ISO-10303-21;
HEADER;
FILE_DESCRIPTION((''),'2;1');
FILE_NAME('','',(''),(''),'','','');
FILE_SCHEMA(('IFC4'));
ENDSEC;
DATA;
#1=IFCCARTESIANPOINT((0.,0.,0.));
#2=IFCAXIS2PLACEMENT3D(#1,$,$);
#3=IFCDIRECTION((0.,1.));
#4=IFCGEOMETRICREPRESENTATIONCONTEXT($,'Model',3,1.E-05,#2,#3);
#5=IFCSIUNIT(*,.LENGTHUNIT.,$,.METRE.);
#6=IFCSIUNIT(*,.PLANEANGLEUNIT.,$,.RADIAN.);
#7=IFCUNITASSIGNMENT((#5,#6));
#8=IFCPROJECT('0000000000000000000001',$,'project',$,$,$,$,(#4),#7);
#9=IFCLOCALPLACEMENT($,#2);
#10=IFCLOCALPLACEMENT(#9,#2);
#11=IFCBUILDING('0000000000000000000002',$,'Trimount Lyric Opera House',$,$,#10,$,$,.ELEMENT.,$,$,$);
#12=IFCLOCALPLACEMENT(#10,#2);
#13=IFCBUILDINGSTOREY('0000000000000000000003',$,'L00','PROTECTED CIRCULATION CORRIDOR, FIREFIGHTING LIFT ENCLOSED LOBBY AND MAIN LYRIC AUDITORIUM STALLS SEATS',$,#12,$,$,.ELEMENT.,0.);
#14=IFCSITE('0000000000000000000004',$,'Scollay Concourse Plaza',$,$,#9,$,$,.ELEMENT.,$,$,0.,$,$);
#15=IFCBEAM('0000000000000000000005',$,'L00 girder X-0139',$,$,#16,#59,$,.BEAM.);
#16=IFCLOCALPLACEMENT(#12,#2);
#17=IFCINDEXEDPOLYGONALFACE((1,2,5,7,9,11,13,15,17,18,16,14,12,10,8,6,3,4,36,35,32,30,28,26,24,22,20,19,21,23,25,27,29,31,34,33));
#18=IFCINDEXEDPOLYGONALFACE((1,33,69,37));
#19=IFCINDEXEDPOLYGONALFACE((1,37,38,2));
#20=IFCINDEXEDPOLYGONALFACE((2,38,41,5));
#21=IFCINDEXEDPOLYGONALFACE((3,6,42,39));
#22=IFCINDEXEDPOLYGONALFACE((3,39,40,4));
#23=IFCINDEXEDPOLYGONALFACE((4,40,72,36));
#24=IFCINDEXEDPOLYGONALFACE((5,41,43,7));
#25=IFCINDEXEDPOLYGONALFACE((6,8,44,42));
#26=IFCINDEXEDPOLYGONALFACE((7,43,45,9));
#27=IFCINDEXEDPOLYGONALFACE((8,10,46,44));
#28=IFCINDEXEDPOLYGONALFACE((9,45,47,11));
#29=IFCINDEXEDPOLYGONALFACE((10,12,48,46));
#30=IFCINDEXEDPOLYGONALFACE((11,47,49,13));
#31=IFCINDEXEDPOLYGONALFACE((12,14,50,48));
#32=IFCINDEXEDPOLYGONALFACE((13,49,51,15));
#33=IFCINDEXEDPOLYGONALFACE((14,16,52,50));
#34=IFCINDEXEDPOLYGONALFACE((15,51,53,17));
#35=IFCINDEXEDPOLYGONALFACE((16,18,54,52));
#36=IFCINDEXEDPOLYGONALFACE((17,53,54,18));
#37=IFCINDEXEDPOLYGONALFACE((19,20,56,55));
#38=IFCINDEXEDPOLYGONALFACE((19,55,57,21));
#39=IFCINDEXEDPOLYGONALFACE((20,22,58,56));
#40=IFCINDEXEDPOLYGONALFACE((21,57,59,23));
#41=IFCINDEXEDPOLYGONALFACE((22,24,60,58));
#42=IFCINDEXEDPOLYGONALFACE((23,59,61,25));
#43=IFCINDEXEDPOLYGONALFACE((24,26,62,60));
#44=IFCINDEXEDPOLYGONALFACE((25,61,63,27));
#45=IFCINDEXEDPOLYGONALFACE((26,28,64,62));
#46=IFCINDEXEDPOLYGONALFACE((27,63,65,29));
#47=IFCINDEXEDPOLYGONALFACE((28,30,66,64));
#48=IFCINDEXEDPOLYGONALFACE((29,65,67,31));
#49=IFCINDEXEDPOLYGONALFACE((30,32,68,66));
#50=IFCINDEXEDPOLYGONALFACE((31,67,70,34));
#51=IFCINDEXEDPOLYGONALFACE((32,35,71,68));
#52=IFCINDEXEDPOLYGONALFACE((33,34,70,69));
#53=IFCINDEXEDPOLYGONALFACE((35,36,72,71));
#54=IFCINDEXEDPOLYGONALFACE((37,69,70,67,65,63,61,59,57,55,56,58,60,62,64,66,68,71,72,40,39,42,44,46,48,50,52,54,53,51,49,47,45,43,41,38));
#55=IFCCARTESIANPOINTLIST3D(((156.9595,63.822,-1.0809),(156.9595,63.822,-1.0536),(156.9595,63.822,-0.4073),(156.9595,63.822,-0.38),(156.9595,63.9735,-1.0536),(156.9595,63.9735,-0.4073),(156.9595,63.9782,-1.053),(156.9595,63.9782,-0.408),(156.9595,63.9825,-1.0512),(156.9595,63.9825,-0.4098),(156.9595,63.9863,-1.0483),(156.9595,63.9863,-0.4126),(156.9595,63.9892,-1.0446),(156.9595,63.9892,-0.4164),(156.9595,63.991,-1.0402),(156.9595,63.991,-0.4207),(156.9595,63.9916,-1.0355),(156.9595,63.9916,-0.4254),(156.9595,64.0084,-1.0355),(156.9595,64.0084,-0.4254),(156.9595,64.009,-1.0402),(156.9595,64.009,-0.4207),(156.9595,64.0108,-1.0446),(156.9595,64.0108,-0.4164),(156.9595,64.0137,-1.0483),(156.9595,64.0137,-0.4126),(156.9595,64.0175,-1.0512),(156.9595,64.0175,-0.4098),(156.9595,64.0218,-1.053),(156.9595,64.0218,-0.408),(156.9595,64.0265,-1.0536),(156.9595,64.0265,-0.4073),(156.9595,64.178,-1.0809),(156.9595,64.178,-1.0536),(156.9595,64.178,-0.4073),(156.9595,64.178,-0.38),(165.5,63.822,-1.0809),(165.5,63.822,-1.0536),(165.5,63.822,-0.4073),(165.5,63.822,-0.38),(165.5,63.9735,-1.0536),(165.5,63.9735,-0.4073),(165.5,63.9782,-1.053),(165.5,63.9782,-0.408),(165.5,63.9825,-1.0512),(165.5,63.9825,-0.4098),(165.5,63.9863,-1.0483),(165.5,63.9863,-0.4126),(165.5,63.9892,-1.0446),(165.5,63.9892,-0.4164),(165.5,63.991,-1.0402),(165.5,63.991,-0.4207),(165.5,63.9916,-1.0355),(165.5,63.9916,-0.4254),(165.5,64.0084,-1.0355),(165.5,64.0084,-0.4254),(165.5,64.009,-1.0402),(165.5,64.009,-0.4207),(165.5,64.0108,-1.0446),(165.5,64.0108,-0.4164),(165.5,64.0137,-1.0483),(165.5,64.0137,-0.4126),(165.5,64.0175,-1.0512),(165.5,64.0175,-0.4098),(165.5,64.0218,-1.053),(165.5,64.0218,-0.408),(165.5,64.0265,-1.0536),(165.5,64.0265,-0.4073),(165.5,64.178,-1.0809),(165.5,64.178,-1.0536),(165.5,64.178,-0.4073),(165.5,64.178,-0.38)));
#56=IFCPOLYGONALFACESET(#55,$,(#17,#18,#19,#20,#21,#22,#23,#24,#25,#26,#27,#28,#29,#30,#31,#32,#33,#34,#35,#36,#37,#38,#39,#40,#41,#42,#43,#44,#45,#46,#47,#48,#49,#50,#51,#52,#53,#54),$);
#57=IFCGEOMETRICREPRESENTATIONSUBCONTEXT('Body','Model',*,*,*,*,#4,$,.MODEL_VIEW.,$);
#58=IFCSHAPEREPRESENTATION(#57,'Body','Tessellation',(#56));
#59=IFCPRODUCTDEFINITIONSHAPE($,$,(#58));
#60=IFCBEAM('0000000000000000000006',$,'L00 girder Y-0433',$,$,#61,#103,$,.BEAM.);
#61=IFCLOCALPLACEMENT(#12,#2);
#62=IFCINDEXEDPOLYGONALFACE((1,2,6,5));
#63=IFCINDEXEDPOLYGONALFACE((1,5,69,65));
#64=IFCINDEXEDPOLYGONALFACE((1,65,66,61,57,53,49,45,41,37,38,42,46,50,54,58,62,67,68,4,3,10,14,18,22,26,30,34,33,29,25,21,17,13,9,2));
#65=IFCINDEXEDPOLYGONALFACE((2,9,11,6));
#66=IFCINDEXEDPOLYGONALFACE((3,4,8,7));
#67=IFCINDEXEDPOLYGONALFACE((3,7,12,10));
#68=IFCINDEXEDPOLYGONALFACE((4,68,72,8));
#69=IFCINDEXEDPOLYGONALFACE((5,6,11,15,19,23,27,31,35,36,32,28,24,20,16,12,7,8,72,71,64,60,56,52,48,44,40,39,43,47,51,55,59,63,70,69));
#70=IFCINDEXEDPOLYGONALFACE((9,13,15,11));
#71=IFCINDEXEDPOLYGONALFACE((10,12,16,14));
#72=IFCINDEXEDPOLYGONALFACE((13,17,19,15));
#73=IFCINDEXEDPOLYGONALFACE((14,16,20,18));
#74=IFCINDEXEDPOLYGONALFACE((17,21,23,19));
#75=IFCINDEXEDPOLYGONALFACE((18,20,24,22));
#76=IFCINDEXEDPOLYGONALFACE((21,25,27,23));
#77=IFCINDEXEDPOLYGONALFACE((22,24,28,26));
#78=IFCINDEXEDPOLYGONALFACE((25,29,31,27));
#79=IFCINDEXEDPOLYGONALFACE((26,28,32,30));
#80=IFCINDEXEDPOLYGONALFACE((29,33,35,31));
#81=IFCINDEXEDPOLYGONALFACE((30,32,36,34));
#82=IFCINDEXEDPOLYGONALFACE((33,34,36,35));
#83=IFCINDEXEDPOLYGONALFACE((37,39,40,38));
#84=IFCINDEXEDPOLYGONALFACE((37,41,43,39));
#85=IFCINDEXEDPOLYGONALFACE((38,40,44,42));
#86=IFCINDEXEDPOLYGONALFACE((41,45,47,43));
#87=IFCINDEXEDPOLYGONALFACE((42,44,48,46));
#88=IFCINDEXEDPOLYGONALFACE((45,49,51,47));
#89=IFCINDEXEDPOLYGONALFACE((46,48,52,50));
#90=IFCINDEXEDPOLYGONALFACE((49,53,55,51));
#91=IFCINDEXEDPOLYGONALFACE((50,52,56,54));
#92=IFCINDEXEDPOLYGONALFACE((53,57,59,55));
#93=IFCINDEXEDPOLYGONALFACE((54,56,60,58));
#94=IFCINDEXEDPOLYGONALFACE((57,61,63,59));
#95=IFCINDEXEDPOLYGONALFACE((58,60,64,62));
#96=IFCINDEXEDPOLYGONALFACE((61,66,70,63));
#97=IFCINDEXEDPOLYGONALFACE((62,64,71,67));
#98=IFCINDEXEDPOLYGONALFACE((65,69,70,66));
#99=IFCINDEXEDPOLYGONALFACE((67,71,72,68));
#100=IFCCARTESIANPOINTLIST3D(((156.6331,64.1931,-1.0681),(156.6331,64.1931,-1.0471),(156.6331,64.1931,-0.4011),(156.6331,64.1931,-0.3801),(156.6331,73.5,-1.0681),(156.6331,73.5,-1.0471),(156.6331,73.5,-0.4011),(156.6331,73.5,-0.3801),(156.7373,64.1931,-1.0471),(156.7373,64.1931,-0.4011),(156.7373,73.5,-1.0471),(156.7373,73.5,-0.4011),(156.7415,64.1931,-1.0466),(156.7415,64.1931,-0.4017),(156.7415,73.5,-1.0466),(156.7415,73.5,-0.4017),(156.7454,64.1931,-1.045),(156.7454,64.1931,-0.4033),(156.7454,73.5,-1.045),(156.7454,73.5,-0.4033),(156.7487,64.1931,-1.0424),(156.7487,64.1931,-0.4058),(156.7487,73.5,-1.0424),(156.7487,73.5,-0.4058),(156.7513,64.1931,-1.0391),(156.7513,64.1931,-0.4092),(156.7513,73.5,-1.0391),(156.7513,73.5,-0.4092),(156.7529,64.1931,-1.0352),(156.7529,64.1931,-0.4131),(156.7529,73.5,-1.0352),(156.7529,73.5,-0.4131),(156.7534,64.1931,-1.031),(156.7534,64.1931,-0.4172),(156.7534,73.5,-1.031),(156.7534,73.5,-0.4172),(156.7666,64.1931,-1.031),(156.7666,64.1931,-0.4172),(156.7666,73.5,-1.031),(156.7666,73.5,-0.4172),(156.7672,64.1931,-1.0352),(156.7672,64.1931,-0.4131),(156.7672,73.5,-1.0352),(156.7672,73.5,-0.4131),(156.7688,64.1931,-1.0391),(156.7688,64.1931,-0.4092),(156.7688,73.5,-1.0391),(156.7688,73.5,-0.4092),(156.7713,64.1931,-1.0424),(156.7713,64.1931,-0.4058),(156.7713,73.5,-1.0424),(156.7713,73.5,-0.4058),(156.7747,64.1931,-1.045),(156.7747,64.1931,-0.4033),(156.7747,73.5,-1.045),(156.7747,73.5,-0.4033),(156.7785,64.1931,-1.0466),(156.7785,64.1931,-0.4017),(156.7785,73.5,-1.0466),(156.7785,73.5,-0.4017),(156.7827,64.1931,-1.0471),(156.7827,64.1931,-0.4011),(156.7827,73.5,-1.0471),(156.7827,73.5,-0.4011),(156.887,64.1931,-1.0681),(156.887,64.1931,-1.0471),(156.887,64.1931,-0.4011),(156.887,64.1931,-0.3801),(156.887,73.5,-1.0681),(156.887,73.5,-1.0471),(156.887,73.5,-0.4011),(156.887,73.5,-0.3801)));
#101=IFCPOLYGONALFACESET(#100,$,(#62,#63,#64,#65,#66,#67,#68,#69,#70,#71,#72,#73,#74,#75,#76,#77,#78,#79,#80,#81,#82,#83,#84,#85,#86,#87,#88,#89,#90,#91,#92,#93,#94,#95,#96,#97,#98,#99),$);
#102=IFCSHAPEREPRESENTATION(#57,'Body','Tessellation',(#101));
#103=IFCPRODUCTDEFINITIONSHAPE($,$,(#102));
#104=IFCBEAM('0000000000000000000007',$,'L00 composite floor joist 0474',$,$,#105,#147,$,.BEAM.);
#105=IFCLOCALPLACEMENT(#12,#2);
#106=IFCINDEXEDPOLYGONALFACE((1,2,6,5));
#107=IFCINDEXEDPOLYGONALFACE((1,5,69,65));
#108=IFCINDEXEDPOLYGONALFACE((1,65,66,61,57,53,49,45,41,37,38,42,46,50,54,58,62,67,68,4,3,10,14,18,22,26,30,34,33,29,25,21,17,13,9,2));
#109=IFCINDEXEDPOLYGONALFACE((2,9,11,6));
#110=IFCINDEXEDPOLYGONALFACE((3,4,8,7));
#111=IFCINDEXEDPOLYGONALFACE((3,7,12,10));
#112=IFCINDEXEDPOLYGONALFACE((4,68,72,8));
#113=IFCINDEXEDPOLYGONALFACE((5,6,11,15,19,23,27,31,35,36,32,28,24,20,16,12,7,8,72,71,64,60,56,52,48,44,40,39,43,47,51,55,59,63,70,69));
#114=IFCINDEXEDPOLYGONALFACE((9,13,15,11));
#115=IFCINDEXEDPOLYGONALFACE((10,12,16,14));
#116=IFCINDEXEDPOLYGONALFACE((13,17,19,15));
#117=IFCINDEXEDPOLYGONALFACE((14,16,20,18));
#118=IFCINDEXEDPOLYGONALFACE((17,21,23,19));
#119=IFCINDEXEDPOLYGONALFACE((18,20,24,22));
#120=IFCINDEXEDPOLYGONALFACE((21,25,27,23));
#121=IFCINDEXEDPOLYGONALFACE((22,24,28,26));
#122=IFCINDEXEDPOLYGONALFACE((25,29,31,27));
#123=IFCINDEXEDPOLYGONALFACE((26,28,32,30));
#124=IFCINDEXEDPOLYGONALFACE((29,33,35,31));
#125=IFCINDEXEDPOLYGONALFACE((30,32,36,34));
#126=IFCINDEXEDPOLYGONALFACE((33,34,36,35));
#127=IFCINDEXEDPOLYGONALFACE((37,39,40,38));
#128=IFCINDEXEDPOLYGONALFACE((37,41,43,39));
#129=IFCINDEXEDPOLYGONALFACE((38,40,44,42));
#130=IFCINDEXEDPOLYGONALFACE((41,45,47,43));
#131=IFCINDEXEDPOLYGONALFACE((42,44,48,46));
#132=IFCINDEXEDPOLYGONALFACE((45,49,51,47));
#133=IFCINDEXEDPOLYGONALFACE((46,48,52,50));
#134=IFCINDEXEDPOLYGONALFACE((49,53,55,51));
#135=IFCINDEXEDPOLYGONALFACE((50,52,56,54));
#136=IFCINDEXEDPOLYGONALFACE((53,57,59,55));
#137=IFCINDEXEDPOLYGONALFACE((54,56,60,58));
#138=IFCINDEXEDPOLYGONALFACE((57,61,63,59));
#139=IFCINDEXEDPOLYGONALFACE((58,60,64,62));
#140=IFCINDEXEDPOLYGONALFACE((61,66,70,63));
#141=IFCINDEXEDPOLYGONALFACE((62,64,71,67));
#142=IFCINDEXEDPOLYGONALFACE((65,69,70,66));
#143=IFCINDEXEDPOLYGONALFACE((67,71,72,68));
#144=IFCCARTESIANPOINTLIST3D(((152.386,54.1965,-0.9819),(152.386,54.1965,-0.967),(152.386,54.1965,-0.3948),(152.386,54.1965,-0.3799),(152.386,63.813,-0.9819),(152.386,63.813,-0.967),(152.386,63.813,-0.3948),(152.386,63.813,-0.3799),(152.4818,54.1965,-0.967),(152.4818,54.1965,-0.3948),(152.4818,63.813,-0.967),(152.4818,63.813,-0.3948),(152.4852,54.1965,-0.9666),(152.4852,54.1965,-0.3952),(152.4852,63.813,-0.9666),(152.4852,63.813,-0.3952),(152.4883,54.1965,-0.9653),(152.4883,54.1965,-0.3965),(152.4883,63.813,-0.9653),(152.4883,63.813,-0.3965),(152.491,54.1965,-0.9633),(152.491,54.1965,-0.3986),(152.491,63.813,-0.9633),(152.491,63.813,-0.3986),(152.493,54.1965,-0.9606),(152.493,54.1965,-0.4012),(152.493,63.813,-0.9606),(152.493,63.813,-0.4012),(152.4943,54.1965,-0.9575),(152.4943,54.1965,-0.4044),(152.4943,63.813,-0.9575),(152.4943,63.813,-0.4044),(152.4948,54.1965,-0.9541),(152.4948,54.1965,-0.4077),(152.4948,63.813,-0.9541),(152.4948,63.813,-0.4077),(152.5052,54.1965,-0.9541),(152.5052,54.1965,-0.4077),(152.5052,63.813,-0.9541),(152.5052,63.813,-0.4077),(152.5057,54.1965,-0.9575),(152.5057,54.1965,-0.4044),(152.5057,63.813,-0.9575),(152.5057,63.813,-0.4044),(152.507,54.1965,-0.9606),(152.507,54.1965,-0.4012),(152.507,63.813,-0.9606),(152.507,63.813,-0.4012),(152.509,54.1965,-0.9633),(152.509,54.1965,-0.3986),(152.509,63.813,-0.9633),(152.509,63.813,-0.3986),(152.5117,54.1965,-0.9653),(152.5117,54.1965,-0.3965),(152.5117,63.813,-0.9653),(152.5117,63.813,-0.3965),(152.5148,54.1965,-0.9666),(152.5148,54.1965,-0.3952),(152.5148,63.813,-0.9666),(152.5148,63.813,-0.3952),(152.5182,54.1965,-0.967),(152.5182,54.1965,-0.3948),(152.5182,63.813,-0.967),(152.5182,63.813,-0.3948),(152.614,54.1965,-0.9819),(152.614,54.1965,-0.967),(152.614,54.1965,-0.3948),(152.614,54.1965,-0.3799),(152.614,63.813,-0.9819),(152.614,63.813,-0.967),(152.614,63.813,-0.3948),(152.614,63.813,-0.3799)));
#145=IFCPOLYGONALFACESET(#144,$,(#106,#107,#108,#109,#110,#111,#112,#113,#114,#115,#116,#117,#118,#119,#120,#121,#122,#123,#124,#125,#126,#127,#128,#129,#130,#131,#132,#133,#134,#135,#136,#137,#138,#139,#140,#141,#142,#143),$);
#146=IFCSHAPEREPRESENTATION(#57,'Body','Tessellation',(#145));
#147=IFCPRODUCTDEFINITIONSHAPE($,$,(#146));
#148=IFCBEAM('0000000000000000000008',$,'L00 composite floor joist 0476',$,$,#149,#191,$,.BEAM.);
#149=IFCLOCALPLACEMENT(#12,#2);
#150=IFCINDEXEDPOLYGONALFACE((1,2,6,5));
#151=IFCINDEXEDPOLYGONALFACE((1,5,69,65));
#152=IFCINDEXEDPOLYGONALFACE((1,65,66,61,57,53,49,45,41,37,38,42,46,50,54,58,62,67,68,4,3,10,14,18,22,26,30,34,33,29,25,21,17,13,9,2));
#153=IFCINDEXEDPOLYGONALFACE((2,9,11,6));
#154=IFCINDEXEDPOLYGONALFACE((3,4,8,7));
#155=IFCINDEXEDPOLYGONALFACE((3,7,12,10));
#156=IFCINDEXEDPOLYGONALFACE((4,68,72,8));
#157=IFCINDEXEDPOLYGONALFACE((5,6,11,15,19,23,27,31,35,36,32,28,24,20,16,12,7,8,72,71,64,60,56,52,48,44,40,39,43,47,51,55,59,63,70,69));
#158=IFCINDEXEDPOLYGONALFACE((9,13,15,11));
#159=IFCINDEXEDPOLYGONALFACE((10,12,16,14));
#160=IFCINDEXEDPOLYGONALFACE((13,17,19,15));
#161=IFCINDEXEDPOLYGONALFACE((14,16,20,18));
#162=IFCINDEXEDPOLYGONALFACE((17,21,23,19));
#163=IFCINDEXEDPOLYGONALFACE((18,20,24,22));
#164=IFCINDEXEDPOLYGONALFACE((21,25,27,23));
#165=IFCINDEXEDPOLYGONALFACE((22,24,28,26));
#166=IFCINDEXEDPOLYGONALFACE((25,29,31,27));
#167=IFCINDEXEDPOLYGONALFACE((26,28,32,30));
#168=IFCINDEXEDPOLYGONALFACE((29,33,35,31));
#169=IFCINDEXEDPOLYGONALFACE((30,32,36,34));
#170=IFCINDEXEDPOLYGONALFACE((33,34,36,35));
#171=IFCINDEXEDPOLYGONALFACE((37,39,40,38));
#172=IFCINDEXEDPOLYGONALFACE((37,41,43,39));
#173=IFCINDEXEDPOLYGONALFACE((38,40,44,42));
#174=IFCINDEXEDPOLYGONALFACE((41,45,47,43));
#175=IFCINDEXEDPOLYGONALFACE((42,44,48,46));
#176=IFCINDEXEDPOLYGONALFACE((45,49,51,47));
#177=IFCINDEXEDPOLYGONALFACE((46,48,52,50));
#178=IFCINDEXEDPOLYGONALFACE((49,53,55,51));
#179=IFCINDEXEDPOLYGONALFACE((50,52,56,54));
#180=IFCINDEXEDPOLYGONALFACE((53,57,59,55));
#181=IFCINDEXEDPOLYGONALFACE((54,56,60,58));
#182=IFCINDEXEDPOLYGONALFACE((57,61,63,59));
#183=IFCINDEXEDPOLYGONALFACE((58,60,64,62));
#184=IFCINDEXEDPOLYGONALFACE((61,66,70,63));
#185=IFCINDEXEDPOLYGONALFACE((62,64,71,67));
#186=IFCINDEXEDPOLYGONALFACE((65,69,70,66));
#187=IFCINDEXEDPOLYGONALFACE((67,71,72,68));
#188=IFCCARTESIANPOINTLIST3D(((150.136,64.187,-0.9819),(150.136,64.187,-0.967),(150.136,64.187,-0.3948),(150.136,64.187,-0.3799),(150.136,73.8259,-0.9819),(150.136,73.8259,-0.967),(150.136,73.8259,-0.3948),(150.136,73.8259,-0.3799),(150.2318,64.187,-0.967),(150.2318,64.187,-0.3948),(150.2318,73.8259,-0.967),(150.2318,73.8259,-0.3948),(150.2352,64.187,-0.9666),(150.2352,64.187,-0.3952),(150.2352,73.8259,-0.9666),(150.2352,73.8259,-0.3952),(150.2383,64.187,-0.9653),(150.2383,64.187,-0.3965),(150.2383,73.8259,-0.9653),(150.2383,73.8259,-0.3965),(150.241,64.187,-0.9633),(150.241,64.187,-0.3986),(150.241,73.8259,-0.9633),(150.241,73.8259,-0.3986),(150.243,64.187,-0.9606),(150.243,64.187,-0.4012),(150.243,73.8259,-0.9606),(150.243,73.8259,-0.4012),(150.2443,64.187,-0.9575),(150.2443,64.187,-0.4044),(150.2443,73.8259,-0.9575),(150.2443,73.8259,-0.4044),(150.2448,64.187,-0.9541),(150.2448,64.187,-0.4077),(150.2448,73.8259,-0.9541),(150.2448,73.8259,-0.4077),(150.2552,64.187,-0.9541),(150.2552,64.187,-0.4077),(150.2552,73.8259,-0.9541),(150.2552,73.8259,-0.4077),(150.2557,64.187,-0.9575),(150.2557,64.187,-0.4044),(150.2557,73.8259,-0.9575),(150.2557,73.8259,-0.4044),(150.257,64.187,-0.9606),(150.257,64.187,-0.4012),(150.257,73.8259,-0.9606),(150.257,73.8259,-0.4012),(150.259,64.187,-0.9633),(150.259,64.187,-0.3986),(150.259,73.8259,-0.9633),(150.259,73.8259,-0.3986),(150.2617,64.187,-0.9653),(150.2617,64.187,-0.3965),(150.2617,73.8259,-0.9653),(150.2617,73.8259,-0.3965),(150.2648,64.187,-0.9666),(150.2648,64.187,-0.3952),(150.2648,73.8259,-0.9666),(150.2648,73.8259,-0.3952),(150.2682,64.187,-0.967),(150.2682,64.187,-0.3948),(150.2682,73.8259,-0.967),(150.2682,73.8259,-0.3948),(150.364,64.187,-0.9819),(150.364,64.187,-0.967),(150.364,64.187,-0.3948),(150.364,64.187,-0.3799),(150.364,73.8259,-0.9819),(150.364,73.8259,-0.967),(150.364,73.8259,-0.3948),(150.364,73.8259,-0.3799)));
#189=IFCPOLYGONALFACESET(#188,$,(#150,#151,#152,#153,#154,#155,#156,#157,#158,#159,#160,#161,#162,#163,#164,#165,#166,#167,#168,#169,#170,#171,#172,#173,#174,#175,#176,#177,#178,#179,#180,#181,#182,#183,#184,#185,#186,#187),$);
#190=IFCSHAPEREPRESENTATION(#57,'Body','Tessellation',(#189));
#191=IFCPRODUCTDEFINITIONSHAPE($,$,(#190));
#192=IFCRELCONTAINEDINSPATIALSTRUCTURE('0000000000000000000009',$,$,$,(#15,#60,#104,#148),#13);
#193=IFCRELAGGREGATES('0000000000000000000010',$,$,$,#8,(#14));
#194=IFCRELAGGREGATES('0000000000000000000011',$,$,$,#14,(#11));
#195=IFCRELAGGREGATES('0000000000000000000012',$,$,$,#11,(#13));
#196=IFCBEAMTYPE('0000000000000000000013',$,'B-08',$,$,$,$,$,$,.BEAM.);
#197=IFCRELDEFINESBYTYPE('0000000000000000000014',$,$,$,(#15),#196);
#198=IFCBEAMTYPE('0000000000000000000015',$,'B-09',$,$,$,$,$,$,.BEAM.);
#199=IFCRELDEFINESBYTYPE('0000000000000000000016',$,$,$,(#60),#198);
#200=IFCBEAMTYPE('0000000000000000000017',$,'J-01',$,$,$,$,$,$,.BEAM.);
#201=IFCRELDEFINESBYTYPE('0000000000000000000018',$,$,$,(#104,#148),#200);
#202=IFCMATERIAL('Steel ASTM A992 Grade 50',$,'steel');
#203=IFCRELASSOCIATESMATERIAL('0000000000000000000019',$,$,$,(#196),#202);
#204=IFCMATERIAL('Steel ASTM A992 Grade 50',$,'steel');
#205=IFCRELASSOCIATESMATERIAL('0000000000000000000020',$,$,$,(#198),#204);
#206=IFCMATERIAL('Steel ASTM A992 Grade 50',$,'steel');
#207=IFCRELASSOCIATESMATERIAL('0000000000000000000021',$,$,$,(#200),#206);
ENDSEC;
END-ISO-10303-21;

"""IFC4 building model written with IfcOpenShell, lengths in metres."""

from ifc_helpers import new_model, si_unit, direction, frame, origin, origin_2d, place, context, subcontext, project, spatial, i_section, extrude, material, material_profile, profile_set, type_object, element, save


model = new_model("IFC4")

# Units and contexts
model_context = context("Model", 3, precision=1e-05, world=origin(), true_north=direction((0.0, 1.0)))
body_context = subcontext(model_context, "Body", "Model", "MODEL_VIEW")
ifc_project = project(units=[si_unit("LENGTHUNIT", "METRE"), si_unit("PLANEANGLEUNIT", "RADIAN")], contexts=[model_context])

# Site, building, storey
site_placement = place(None, origin())
site = spatial("IfcSite", under=ifc_project, at=site_placement, Name="Scollay Concourse Plaza", CompositionType="ELEMENT", RefElevation=0.0)
building_placement = place(site_placement, origin())
building = spatial("IfcBuilding", under=site, at=building_placement, Name="Trimount Lyric Opera House", CompositionType="ELEMENT")
storey_placement = place(building_placement, origin())
storey = spatial("IfcBuildingStorey", under=building, at=storey_placement, Name="L00", Description="PROTECTED CIRCULATION CORRIDOR, FIREFIGHTING LIFT ENCLOSED LOBBY AND MAIN LYRIC AUDITORIUM STALLS SEATS", CompositionType="ELEMENT", Elevation=0.0)

# Beams
ifc_material_1 = material(Name="Steel ASTM A992 Grade 50", Category="steel")
ifc_material_profile_1 = material_profile(ifc_material_1, i_section(OverallWidth=0.356, OverallDepth=0.7009, WebThickness=0.0168, FlangeThickness=0.0273, FilletRadius=0.0181, at=origin_2d()), Name="W27X161")
ifc_profile_set_1 = profile_set([ifc_material_profile_1], Name="Steel ASTM A992 Grade 50")
beam_type_1 = type_object("IfcBeamType", Name="B-08", PredefinedType="BEAM", material=ifc_profile_set_1)
beam_1_placement = place(storey_placement, frame((156.9595, 64.0, -0.7305), z_axis=(1.0, 0.0, 0.0), x_axis=(0.0, 1.0, 0.0)))
element("IfcBeam", 1, at=beam_1_placement, inside=storey, type_object=beam_type_1, Name="L00 girder X-0139", PredefinedType="BEAM", context=body_context, shape_type="SweptSolid", body=[
    extrude(i_section(OverallWidth=0.356, OverallDepth=0.7009, WebThickness=0.0168, FlangeThickness=0.0273, FilletRadius=0.0181, at=origin_2d()), origin(), (0.0, 0.0, 1.0), 8.5405),
])
ifc_material_2 = material(Name="Steel ASTM A992 Grade 50", Category="steel")
ifc_material_profile_2 = material_profile(ifc_material_2, i_section(OverallWidth=0.2539, OverallDepth=0.688, WebThickness=0.0132, FlangeThickness=0.021, FilletRadius=0.0161, at=origin_2d()), Name="W27X102")
ifc_profile_set_2 = profile_set([ifc_material_profile_2], Name="Steel ASTM A992 Grade 50")
beam_type_2 = type_object("IfcBeamType", Name="B-09", PredefinedType="BEAM", material=ifc_profile_set_2)
beam_2_placement = place(storey_placement, frame((156.76, 64.1931, -0.7241), z_axis=(0.0, 1.0, 0.0), x_axis=(-1.0, 0.0, 0.0)))
element("IfcBeam", 2, at=beam_2_placement, inside=storey, type_object=beam_type_2, Name="L00 girder Y-0433", PredefinedType="BEAM", context=body_context, shape_type="SweptSolid", body=[
    extrude(i_section(OverallWidth=0.2539, OverallDepth=0.688, WebThickness=0.0132, FlangeThickness=0.021, FilletRadius=0.0161, at=origin_2d()), origin(), (0.0, 0.0, 1.0), 9.3069),
])
ifc_material_3 = material(Name="Steel ASTM A992 Grade 50", Category="steel")
ifc_material_profile_3 = material_profile(ifc_material_3, i_section(OverallWidth=0.228, OverallDepth=0.6021, WebThickness=0.0105, FlangeThickness=0.0149, FilletRadius=0.0129, at=origin_2d()), Name="W24X68")
ifc_profile_set_3 = profile_set([ifc_material_profile_3], Name="Steel ASTM A992 Grade 50")
beam_type_3 = type_object("IfcBeamType", Name="J-01", PredefinedType="BEAM", material=ifc_profile_set_3)
beam_3_placement = place(storey_placement, frame((152.5, 54.1965, -0.6809), z_axis=(0.0, 1.0, 0.0), x_axis=(-1.0, 0.0, 0.0)))
element("IfcBeam", 3, at=beam_3_placement, inside=storey, type_object=beam_type_3, Name="L00 composite floor joist 0474", PredefinedType="BEAM", context=body_context, shape_type="SweptSolid", body=[
    extrude(i_section(OverallWidth=0.228, OverallDepth=0.6021, WebThickness=0.0105, FlangeThickness=0.0149, FilletRadius=0.0129, at=origin_2d()), origin(), (0.0, 0.0, 1.0), 9.6165),
])
for number, where, z_axis, x_axis, name in (
    (4, (150.25, 64.187, -0.6809), (0.0, 1.0, 0.0), (-1.0, 0.0, 0.0), "L00 composite floor joist 0476"),
):
    element("IfcBeam", number, at=place(storey_placement, frame(where, z_axis=z_axis, x_axis=x_axis)), inside=storey, type_object=beam_type_3, Name=name, PredefinedType="BEAM", context=body_context, shape_type="SweptSolid", body=[
        extrude(i_section(OverallWidth=0.228, OverallDepth=0.6021, WebThickness=0.0105, FlangeThickness=0.0149, FilletRadius=0.0129, at=origin_2d()), origin(), (0.0, 0.0, 1.0), 9.6389),
    ])

save(model, "model.ifc")
